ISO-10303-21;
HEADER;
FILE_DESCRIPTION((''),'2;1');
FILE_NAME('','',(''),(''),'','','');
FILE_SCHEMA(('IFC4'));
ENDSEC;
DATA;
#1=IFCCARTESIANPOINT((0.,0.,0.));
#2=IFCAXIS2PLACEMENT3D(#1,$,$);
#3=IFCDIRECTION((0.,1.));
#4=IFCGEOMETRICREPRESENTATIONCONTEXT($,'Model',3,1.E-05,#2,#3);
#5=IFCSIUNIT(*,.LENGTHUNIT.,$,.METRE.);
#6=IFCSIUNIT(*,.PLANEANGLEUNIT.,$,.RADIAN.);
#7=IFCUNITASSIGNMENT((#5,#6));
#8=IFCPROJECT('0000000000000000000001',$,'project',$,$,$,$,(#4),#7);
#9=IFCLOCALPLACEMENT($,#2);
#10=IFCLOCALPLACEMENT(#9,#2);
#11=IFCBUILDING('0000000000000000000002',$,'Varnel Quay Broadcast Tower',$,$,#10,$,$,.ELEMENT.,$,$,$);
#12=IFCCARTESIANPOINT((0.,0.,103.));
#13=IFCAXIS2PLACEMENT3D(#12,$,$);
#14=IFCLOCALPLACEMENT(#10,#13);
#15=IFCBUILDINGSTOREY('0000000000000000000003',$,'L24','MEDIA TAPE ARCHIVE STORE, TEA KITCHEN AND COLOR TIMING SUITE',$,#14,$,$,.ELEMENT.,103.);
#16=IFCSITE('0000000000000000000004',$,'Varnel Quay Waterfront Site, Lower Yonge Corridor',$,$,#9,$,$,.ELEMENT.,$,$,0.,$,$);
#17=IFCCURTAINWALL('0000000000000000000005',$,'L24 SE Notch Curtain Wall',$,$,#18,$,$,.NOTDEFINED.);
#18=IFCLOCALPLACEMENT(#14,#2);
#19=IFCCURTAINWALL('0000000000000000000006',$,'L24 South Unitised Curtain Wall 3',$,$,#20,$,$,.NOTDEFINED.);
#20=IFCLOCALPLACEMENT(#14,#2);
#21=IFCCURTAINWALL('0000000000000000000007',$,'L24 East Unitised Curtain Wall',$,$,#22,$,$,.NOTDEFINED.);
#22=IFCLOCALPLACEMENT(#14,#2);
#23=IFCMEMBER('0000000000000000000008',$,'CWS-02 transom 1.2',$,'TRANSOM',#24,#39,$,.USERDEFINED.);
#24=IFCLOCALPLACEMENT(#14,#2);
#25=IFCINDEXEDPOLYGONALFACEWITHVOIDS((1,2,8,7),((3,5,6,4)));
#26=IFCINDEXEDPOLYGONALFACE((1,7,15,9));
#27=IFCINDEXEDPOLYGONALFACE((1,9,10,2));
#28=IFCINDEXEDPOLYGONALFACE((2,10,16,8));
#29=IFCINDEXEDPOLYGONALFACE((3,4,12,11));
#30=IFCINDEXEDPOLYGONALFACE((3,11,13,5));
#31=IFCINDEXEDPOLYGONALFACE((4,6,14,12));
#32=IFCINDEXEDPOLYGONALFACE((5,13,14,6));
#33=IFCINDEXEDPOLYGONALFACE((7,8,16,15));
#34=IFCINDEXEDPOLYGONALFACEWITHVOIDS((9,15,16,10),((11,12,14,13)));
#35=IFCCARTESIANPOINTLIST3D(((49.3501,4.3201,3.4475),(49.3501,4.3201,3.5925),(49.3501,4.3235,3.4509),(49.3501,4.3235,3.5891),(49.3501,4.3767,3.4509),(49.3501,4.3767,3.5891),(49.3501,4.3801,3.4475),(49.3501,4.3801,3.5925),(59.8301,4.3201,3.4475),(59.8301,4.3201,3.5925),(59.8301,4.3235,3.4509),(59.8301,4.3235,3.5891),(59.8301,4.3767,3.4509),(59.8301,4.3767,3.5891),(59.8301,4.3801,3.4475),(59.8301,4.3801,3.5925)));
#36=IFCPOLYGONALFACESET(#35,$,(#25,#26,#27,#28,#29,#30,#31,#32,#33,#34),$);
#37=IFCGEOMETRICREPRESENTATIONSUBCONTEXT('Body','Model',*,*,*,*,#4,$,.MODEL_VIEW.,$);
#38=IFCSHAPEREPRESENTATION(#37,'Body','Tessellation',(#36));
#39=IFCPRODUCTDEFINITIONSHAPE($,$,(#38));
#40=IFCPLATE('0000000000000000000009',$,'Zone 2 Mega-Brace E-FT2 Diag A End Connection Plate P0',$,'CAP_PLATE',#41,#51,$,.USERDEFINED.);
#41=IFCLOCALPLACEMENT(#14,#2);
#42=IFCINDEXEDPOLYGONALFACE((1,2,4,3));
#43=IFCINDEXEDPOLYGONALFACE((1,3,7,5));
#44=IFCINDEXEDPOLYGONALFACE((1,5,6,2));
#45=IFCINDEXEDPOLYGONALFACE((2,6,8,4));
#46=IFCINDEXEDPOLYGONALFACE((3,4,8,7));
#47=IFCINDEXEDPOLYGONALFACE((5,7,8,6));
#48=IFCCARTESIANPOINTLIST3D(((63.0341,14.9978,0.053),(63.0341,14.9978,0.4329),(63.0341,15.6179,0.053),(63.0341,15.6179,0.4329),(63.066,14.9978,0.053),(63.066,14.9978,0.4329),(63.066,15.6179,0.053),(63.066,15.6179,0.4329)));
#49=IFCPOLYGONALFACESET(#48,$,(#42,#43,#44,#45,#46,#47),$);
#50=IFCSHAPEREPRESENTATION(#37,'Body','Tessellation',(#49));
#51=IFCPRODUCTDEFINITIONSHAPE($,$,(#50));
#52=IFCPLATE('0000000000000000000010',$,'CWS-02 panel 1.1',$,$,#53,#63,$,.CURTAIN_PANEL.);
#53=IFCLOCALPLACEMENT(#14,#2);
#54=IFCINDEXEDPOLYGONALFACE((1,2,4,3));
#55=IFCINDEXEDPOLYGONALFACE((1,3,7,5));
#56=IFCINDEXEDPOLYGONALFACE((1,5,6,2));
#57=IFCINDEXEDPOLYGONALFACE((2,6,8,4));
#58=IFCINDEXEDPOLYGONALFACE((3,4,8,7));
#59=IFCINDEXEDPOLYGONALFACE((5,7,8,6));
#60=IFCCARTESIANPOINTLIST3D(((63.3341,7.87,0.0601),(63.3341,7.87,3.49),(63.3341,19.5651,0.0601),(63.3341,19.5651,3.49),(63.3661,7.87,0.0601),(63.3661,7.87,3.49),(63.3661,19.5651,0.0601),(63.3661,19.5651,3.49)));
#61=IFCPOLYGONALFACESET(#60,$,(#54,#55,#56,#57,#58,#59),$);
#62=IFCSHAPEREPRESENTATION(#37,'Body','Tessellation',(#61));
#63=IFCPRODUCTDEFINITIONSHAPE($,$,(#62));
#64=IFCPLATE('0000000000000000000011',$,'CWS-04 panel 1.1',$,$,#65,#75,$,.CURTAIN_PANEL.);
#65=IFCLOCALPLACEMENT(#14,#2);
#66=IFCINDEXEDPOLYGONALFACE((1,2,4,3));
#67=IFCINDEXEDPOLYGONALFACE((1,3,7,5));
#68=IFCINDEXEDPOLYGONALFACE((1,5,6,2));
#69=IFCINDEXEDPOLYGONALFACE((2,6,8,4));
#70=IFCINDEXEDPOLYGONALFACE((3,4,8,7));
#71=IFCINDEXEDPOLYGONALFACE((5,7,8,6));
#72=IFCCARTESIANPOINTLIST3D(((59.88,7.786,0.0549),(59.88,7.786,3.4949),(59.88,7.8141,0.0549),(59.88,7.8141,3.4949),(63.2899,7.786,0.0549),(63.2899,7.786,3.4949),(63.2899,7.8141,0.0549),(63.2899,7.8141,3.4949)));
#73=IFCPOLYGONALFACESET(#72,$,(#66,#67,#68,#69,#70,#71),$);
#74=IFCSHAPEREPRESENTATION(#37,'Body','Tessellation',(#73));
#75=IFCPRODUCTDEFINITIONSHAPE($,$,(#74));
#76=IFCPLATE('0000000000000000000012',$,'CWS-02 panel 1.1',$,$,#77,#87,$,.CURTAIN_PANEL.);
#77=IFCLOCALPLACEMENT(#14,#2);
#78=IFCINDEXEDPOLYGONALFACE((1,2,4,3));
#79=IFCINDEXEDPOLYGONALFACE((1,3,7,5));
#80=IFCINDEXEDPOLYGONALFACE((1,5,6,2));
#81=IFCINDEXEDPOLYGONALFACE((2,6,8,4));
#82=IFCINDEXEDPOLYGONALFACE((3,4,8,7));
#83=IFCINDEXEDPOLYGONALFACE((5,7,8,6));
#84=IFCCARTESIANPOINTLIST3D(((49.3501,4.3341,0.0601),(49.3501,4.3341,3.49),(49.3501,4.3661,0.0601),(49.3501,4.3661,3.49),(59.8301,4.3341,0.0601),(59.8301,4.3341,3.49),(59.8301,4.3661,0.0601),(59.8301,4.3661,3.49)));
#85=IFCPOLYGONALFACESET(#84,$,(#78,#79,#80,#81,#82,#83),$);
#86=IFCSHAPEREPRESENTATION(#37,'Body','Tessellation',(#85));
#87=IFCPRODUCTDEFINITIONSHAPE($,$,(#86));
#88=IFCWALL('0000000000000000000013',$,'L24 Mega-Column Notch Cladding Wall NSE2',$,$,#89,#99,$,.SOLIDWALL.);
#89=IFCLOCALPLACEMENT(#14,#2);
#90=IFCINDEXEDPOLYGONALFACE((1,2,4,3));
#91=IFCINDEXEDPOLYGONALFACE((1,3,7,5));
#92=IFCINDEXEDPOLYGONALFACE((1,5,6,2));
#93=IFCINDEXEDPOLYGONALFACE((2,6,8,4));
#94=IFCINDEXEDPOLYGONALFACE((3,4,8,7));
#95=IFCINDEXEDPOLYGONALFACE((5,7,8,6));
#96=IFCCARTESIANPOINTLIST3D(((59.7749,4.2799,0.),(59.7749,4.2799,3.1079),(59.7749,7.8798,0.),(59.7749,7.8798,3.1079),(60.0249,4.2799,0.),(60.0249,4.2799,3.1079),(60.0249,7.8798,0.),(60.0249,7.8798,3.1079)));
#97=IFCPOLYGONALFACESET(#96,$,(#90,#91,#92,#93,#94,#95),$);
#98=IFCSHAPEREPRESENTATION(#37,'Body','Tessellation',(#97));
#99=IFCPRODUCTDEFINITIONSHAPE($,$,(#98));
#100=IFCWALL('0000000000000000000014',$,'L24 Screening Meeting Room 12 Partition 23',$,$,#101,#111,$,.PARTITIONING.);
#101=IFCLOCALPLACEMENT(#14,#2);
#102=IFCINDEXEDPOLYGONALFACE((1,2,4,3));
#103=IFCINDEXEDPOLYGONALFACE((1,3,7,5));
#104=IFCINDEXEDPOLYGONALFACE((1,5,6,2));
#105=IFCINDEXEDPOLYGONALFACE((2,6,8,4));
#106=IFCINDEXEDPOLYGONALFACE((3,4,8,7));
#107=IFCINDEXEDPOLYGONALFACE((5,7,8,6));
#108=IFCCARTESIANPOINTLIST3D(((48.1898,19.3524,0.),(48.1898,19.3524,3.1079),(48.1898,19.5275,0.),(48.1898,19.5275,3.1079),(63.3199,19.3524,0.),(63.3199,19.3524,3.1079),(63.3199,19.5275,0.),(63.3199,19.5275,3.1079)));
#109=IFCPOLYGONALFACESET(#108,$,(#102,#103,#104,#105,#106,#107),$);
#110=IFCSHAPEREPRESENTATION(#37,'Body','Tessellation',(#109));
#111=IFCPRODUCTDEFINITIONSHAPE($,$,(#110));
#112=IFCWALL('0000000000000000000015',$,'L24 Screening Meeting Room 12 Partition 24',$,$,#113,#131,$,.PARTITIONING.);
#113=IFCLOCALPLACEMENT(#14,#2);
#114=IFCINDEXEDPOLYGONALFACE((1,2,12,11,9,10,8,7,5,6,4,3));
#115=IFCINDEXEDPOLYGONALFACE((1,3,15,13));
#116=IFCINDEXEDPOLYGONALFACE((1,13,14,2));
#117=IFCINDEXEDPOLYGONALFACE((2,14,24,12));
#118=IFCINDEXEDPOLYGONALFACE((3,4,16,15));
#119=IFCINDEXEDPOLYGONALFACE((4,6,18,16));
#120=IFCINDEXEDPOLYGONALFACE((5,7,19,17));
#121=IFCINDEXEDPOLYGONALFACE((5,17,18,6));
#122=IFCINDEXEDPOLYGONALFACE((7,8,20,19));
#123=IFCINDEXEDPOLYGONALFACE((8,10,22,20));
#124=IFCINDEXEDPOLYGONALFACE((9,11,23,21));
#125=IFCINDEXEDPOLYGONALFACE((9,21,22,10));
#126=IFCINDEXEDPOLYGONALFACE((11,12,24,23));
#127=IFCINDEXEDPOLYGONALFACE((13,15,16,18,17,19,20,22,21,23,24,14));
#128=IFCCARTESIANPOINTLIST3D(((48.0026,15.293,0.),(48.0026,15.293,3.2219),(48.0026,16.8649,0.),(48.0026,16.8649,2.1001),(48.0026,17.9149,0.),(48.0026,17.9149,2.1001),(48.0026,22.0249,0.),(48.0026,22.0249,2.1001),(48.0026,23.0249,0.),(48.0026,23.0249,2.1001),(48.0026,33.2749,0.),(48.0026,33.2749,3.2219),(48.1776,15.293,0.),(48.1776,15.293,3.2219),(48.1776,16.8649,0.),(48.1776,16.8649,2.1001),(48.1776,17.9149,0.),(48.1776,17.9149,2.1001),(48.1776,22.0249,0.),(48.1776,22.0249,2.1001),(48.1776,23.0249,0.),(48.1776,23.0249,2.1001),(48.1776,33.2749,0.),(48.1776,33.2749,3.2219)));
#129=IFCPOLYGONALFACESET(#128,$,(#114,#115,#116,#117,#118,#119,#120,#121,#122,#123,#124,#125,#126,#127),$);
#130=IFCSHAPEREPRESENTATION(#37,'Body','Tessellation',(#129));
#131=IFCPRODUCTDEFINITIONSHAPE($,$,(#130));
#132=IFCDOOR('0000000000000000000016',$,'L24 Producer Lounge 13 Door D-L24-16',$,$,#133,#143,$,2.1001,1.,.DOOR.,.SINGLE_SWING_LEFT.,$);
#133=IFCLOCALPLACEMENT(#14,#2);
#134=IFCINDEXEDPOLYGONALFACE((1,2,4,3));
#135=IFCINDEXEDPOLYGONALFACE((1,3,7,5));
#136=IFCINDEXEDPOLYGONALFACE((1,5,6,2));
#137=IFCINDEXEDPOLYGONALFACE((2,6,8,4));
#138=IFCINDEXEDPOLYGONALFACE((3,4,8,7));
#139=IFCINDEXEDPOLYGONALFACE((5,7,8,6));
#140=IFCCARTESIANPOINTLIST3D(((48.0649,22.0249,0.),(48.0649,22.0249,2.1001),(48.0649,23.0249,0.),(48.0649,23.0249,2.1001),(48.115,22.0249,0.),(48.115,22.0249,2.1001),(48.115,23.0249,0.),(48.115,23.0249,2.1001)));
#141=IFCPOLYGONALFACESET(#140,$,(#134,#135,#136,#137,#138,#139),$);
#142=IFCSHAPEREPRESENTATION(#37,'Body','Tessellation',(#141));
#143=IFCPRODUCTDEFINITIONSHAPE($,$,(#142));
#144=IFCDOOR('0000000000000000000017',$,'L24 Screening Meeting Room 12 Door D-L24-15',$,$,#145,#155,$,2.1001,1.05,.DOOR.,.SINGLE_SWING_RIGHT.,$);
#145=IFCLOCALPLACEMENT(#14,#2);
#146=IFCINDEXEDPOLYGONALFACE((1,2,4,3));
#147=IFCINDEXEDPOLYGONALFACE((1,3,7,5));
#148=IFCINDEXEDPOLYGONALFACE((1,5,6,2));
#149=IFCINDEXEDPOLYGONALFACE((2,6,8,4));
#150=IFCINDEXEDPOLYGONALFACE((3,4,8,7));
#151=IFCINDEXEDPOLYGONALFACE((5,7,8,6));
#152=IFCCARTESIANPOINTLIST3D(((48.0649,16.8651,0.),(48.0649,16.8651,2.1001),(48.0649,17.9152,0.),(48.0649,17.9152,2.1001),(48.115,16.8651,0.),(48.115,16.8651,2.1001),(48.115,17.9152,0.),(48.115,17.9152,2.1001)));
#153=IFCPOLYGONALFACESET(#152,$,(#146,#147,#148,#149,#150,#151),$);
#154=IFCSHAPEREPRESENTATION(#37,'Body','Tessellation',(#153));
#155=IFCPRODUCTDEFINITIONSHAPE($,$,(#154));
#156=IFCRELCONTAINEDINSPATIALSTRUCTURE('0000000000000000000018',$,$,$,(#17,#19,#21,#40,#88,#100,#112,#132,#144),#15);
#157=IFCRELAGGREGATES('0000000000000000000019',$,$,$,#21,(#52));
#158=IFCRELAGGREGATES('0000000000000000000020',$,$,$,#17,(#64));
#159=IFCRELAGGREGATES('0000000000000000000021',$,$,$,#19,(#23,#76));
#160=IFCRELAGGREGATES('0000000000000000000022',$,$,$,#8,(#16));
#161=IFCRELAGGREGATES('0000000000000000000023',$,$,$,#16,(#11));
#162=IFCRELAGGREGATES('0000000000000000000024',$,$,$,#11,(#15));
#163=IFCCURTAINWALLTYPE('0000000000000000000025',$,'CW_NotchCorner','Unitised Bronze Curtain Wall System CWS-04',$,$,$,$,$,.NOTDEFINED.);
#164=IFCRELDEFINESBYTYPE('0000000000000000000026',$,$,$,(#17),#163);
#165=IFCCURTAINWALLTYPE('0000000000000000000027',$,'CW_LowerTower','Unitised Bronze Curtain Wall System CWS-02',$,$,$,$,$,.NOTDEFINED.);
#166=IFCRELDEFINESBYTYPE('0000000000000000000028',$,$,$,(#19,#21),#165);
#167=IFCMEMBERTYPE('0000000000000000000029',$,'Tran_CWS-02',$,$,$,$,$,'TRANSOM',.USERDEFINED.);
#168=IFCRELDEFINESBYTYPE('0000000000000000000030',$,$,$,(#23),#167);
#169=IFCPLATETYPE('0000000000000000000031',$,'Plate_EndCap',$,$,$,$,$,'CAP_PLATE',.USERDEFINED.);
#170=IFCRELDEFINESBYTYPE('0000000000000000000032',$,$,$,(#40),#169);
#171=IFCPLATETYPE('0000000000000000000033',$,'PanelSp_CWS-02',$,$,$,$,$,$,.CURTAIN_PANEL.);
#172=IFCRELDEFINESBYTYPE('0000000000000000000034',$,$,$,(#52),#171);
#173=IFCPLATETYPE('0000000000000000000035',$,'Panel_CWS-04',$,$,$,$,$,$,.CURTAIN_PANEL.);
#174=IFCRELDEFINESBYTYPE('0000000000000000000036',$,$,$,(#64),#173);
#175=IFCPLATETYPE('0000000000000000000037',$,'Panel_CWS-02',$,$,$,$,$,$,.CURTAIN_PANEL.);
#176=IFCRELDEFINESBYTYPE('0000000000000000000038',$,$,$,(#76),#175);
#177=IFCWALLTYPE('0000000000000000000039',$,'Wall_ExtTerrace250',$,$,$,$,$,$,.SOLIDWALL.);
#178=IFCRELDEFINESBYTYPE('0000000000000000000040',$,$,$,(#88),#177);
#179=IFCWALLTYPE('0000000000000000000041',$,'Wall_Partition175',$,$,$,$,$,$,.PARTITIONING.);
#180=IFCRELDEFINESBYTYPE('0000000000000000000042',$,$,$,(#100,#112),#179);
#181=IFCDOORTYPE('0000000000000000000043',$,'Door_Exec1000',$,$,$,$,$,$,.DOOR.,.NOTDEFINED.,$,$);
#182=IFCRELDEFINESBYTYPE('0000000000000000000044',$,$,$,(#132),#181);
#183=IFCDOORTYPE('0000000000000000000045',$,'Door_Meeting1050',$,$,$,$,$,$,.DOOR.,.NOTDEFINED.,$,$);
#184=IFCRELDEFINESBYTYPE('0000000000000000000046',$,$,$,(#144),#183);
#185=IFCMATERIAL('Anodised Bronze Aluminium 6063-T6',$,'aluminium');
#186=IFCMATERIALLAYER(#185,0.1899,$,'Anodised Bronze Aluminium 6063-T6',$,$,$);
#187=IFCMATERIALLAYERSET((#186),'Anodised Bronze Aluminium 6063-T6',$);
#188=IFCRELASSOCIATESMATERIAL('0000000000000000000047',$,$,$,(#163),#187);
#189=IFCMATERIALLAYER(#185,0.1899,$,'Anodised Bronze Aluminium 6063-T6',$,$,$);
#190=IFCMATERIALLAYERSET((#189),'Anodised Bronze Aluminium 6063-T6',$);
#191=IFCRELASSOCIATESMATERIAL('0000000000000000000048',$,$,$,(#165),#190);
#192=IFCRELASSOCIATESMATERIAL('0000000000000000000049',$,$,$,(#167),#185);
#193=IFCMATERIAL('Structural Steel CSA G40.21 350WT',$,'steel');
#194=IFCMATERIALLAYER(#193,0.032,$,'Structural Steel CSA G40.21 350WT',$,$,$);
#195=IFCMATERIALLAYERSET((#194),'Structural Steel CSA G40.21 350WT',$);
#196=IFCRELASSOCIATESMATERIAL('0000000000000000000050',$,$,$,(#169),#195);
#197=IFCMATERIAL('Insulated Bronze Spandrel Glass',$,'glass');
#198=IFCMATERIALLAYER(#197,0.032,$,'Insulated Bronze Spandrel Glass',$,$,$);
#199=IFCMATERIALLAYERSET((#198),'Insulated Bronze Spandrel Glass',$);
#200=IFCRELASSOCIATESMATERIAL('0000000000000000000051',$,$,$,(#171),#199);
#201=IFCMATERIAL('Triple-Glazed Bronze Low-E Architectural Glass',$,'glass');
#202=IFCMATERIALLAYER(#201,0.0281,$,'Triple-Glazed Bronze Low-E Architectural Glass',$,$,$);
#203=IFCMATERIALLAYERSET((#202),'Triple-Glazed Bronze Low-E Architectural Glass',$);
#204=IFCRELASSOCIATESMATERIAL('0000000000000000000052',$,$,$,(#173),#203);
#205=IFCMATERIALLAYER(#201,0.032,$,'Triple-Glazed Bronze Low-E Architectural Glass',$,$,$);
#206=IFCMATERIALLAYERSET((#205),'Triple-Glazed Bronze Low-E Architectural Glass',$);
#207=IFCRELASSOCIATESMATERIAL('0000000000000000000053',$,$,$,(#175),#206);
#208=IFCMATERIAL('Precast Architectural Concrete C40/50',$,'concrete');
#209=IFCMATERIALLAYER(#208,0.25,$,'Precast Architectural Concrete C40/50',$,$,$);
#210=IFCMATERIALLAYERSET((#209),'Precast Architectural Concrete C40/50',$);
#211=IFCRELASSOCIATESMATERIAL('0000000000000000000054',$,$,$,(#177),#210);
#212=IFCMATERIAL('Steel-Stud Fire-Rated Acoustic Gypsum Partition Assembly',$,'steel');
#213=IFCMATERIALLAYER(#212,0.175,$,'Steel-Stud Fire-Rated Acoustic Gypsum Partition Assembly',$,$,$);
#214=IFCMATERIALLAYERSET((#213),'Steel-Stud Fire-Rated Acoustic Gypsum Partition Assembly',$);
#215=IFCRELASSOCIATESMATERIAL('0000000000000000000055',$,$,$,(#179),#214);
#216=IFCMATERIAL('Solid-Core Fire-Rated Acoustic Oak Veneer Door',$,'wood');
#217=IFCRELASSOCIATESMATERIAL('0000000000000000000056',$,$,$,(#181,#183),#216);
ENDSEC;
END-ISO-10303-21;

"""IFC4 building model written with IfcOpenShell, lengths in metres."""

from ifc_helpers import new_model, si_unit, direction, frame, frame_2d, origin, origin_2d, place, context, subcontext, project, spatial, rectangle, hollow_rectangle, extrude, source, transform, mapped, material, layer, layer_set, material_profile, profile_set, type_object, type_shapes, element, fill, aggregate, save


model = new_model("IFC4")

# Units and contexts
model_context = context("Model", 3, precision=1e-05, world=origin(), true_north=direction((0.0, 1.0)))
body_context = subcontext(model_context, "Body", "Model", "MODEL_VIEW")
ifc_project = project(units=[si_unit("LENGTHUNIT", "METRE"), si_unit("PLANEANGLEUNIT", "RADIAN")], contexts=[model_context])

# Site, building, storey
site_placement = place(None, origin())
site = spatial("IfcSite", under=ifc_project, at=site_placement, Name="Varnel Quay Waterfront Site, Lower Yonge Corridor", CompositionType="ELEMENT", RefElevation=0.0)
building_placement = place(site_placement, origin())
building = spatial("IfcBuilding", under=site, at=building_placement, Name="Varnel Quay Broadcast Tower", CompositionType="ELEMENT")
storey_placement = place(building_placement, frame((0.0, 0.0, 103.0)))
storey = spatial("IfcBuildingStorey", under=building, at=storey_placement, Name="L24", Description="MEDIA TAPE ARCHIVE STORE, TEA KITCHEN AND COLOR TIMING SUITE", CompositionType="ELEMENT", Elevation=103.0)

# Shared definitions
ifc_material_1 = material(Name="Structural Steel CSA G40.21 350WT", Category="steel")

# Curtain walls
ifc_material_2 = material(Name="Anodised Bronze Aluminium 6063-T6", Category="aluminium")
ifc_layer_1 = layer(ifc_material_2, 0.1899, Name="Anodised Bronze Aluminium 6063-T6")
ifc_layer_set_1 = layer_set([ifc_layer_1], Name="Anodised Bronze Aluminium 6063-T6")
curtain_wall_type_1 = type_object("IfcCurtainWallType", Name="CW_NotchCorner", Description="Unitised Bronze Curtain Wall System CWS-04", PredefinedType="NOTDEFINED", material=ifc_layer_set_1)
curtain_wall_1_placement = place(storey_placement, origin())
curtain_wall_1 = element("IfcCurtainWall", 1, at=curtain_wall_1_placement, inside=storey, type_object=curtain_wall_type_1, Name="L24 SE Notch Curtain Wall", PredefinedType="NOTDEFINED")
ifc_layer_2 = layer(ifc_material_2, 0.1899, Name="Anodised Bronze Aluminium 6063-T6")
ifc_layer_set_2 = layer_set([ifc_layer_2], Name="Anodised Bronze Aluminium 6063-T6")
curtain_wall_type_2 = type_object("IfcCurtainWallType", Name="CW_LowerTower", Description="Unitised Bronze Curtain Wall System CWS-02", PredefinedType="NOTDEFINED", material=ifc_layer_set_2)
curtain_wall_2_placement = place(storey_placement, origin())
curtain_wall_2 = element("IfcCurtainWall", 2, at=curtain_wall_2_placement, inside=storey, type_object=curtain_wall_type_2, Name="L24 South Unitised Curtain Wall 3", PredefinedType="NOTDEFINED")
curtain_wall_3_placement = place(storey_placement, origin())
curtain_wall_3 = element("IfcCurtainWall", 3, at=curtain_wall_3_placement, inside=storey, type_object=curtain_wall_type_2, Name="L24 East Unitised Curtain Wall", PredefinedType="NOTDEFINED")
ifc_material_profile_1 = material_profile(ifc_material_2, hollow_rectangle(XDim=0.0601, YDim=0.145, WallThickness=0.0034, at=origin_2d()), Name="ALU60X145X3.5")
ifc_profile_set_1 = profile_set([ifc_material_profile_1], Name="Anodised Bronze Aluminium 6063-T6")
member_type_1 = type_object("IfcMemberType", Name="Tran_CWS-02", ElementType="TRANSOM", PredefinedType="USERDEFINED", material=ifc_profile_set_1)

# Member
shared_shape_1 = source(origin(), body_context, "Body", "SweptSolid", [
    extrude(hollow_rectangle(XDim=0.0601, YDim=0.145, WallThickness=0.0034, at=origin_2d()), origin(), (0.0, 0.0, 1.0), 10.48),
])
member_1_placement = place(storey_placement, frame((49.3501, 4.3501, 3.52), z_axis=(1.0, 0.0, 0.0), x_axis=(0.0, 1.0, 0.0)))
member_1 = element("IfcMember", 4, at=member_1_placement, type_object=member_type_1, Name="CWS-02 transom 1.2", ObjectType="TRANSOM", PredefinedType="USERDEFINED", context=body_context, shape_type="MappedRepresentation", body=[
    mapped(shared_shape_1, transform((0.0, 0.0, 0.0), x_axis=(1.0, 0.0, 0.0), y_axis=(0.0, 1.0, 0.0), z_axis=(0.0, 0.0, 1.0), scale=1.0)),
])

# Plates
ifc_layer_3 = layer(ifc_material_1, 0.032, Name="Structural Steel CSA G40.21 350WT")
ifc_layer_set_3 = layer_set([ifc_layer_3], Name="Structural Steel CSA G40.21 350WT")
plate_type_1 = type_object("IfcPlateType", Name="Plate_EndCap", ElementType="CAP_PLATE", PredefinedType="USERDEFINED", material=ifc_layer_set_3)
shared_shape_2 = source(origin(), body_context, "Body", "SweptSolid", [
    extrude(rectangle(XDim=0.6201, YDim=0.032, at=origin_2d()), origin(), (0.0, 0.0, 1.0), 0.3799),
])
type_shapes(plate_type_1, [shared_shape_2])
plate_1_placement = place(storey_placement, frame((63.05, 15.3079, 0.053), z_axis=(0.0, 0.0, 1.0), x_axis=(0.0, 1.0, 0.0)))
element("IfcPlate", 5, at=plate_1_placement, inside=storey, type_object=plate_type_1, Name="Zone 2 Mega-Brace E-FT2 Diag A End Connection Plate P0", ObjectType="CAP_PLATE", PredefinedType="USERDEFINED", context=body_context, shape_type="MappedRepresentation", body=[
    mapped(shared_shape_2, transform((0.0, 0.0, 0.0), x_axis=(1.0, 0.0, 0.0), y_axis=(0.0, 1.0, 0.0), z_axis=(0.0, 0.0, 1.0), scale=1.0)),
])
ifc_material_3 = material(Name="Insulated Bronze Spandrel Glass", Category="glass")
ifc_layer_4 = layer(ifc_material_3, 0.032, Name="Insulated Bronze Spandrel Glass")
ifc_layer_set_4 = layer_set([ifc_layer_4], Name="Insulated Bronze Spandrel Glass")
plate_type_2 = type_object("IfcPlateType", Name="PanelSp_CWS-02", PredefinedType="CURTAIN_PANEL", material=ifc_layer_set_4)
shared_shape_3 = source(origin(), body_context, "Body", "SweptSolid", [
    extrude(rectangle(XDim=11.6951, YDim=0.032, at=origin_2d()), origin(), (0.0, 0.0, 1.0), 3.4299),
])
type_shapes(plate_type_2, [shared_shape_3])
plate_2_placement = place(storey_placement, frame((63.3501, 13.7175, 0.0601), z_axis=(0.0, 0.0, 1.0), x_axis=(0.0, 1.0, 0.0)))
plate_2 = element("IfcPlate", 6, at=plate_2_placement, type_object=plate_type_2, Name="CWS-02 panel 1.1", PredefinedType="CURTAIN_PANEL", context=body_context, shape_type="MappedRepresentation", body=[
    mapped(shared_shape_3, transform((0.0, 0.0, 0.0), x_axis=(1.0, 0.0, 0.0), y_axis=(0.0, 1.0, 0.0), z_axis=(0.0, 0.0, 1.0), scale=1.0)),
])
aggregate(curtain_wall_3, [plate_2])
ifc_material_4 = material(Name="Triple-Glazed Bronze Low-E Architectural Glass", Category="glass")
ifc_layer_5 = layer(ifc_material_4, 0.0281, Name="Triple-Glazed Bronze Low-E Architectural Glass")
ifc_layer_set_5 = layer_set([ifc_layer_5], Name="Triple-Glazed Bronze Low-E Architectural Glass")
plate_type_3 = type_object("IfcPlateType", Name="Panel_CWS-04", PredefinedType="CURTAIN_PANEL", material=ifc_layer_set_5)
shared_shape_4 = source(origin(), body_context, "Body", "SweptSolid", [
    extrude(rectangle(XDim=3.4099, YDim=0.0281, at=origin_2d()), origin(), (0.0, 0.0, 1.0), 3.4399),
])
type_shapes(plate_type_3, [shared_shape_4])
plate_3_placement = place(storey_placement, frame((61.585, 7.8, 0.0549), z_axis=(0.0, 0.0, 1.0), x_axis=(1.0, 0.0, 0.0)))
plate_3 = element("IfcPlate", 7, at=plate_3_placement, type_object=plate_type_3, Name="CWS-04 panel 1.1", PredefinedType="CURTAIN_PANEL", context=body_context, shape_type="MappedRepresentation", body=[
    mapped(shared_shape_4, transform((0.0, 0.0, 0.0), x_axis=(1.0, 0.0, 0.0), y_axis=(0.0, 1.0, 0.0), z_axis=(0.0, 0.0, 1.0), scale=1.0)),
])
aggregate(curtain_wall_1, [plate_3])
ifc_layer_6 = layer(ifc_material_4, 0.032, Name="Triple-Glazed Bronze Low-E Architectural Glass")
ifc_layer_set_6 = layer_set([ifc_layer_6], Name="Triple-Glazed Bronze Low-E Architectural Glass")
plate_type_4 = type_object("IfcPlateType", Name="Panel_CWS-02", PredefinedType="CURTAIN_PANEL", material=ifc_layer_set_6)
shared_shape_5 = source(origin(), body_context, "Body", "SweptSolid", [
    extrude(rectangle(XDim=10.48, YDim=0.032, at=origin_2d()), origin(), (0.0, 0.0, 1.0), 3.4299),
])
type_shapes(plate_type_4, [shared_shape_5])
plate_4_placement = place(storey_placement, frame((54.5901, 4.3501, 0.0601), z_axis=(0.0, 0.0, 1.0), x_axis=(1.0, 0.0, 0.0)))
plate_4 = element("IfcPlate", 8, at=plate_4_placement, type_object=plate_type_4, Name="CWS-02 panel 1.1", PredefinedType="CURTAIN_PANEL", context=body_context, shape_type="MappedRepresentation", body=[
    mapped(shared_shape_5, transform((0.0, 0.0, 0.0), x_axis=(1.0, 0.0, 0.0), y_axis=(0.0, 1.0, 0.0), z_axis=(0.0, 0.0, 1.0), scale=1.0)),
])
aggregate(curtain_wall_2, [member_1, plate_4])

# Walls
ifc_material_5 = material(Name="Precast Architectural Concrete C40/50", Category="concrete")
ifc_layer_7 = layer(ifc_material_5, 0.25, Name="Precast Architectural Concrete C40/50")
ifc_layer_set_7 = layer_set([ifc_layer_7], Name="Precast Architectural Concrete C40/50")
wall_type_1 = type_object("IfcWallType", Name="Wall_ExtTerrace250", PredefinedType="SOLIDWALL", material=ifc_layer_set_7)
wall_1_placement = place(storey_placement, frame((59.8999, 4.28, 0.0), z_axis=(0.0, 0.0, 1.0), x_axis=(0.0, 1.0, 0.0)))
element("IfcWall", 9, at=wall_1_placement, inside=storey, type_object=wall_type_1, Name="L24 Mega-Column Notch Cladding Wall NSE2", PredefinedType="SOLIDWALL", context=body_context, shape_type="SweptSolid", body=[
    extrude(rectangle(XDim=3.5999, YDim=0.25, at=frame_2d((1.7998, 0.0))), origin(), (0.0, 0.0, 1.0), 3.1079),
])
ifc_material_6 = material(Name="Steel-Stud Fire-Rated Acoustic Gypsum Partition Assembly", Category="steel")
ifc_layer_8 = layer(ifc_material_6, 0.175, Name="Steel-Stud Fire-Rated Acoustic Gypsum Partition Assembly")
ifc_layer_set_8 = layer_set([ifc_layer_8], Name="Steel-Stud Fire-Rated Acoustic Gypsum Partition Assembly")
wall_type_2 = type_object("IfcWallType", Name="Wall_Partition175", PredefinedType="PARTITIONING", material=ifc_layer_set_8)
wall_2_placement = place(storey_placement, frame((48.1899, 19.4399, 0.0), z_axis=(0.0, 0.0, 1.0), x_axis=(1.0, 0.0, 0.0)))
element("IfcWall", 10, at=wall_2_placement, inside=storey, type_object=wall_type_2, Name="L24 Screening Meeting Room 12 Partition 23", PredefinedType="PARTITIONING", context=body_context, shape_type="SweptSolid", body=[
    extrude(rectangle(XDim=15.1301, YDim=0.175, at=frame_2d((7.5649, 0.0))), origin(), (0.0, 0.0, 1.0), 3.1079),
])

# Wall, openings, doors
wall_3_placement = place(storey_placement, frame((48.0901, 15.293, 0.0), z_axis=(0.0, 0.0, 1.0), x_axis=(0.0, 1.0, 0.0)))
wall_3 = element("IfcWall", 11, at=wall_3_placement, inside=storey, type_object=wall_type_2, Name="L24 Screening Meeting Room 12 Partition 24", PredefinedType="PARTITIONING", context=body_context, shape_type="SweptSolid", body=[
    extrude(rectangle(XDim=17.9819, YDim=0.175, at=frame_2d((8.991, 0.0))), origin(), (0.0, 0.0, 1.0), 3.2219),
])
opening_1_placement = place(wall_3_placement, frame((1.572, 0.0, 0.0)))
opening_1 = element("IfcOpeningElement", 12, at=opening_1_placement, cuts=wall_3, PredefinedType="OPENING", context=body_context, shape_type="SweptSolid", body=[
    extrude(rectangle(XDim=1.05, YDim=2.1001, at=frame_2d((0.5249, 1.05))), frame((0.0, 0.0977, 0.0), z_axis=(0.0, -1.0, 0.0), x_axis=(1.0, 0.0, 0.0)), (0.0, 0.0, 1.0), 0.1951),
])
opening_2_placement = place(wall_3_placement, frame((6.7319, 0.0, 0.0)))
opening_2 = element("IfcOpeningElement", 13, at=opening_2_placement, cuts=wall_3, PredefinedType="OPENING", context=body_context, shape_type="SweptSolid", body=[
    extrude(rectangle(XDim=1.0, YDim=2.1001, at=frame_2d((0.5, 1.05))), frame((0.0, 0.0977, 0.0), z_axis=(0.0, -1.0, 0.0), x_axis=(1.0, 0.0, 0.0)), (0.0, 0.0, 1.0), 0.1951),
])
ifc_material_7 = material(Name="Solid-Core Fire-Rated Acoustic Oak Veneer Door", Category="wood")
door_type_1 = type_object("IfcDoorType", Name="Door_Exec1000", OperationType="NOTDEFINED", PredefinedType="DOOR", material=ifc_material_7)
shared_shape_6 = source(origin(), body_context, "Body", "SweptSolid", [
    extrude(rectangle(XDim=1.0, YDim=2.1001, at=frame_2d((0.5, 1.05))), frame((0.0, 0.0249, 0.0), z_axis=(0.0, -1.0, 0.0), x_axis=(1.0, 0.0, 0.0)), (0.0, 0.0, 1.0), 0.05),
])
type_shapes(door_type_1, [shared_shape_6])
door_1_placement = place(opening_2_placement, frame((1.0, 0.0, 0.0), z_axis=(0.0, 0.0, 1.0), x_axis=(-1.0, 0.0, 0.0)))
door_1 = element("IfcDoor", 14, at=door_1_placement, inside=storey, type_object=door_type_1, Name="L24 Producer Lounge 13 Door D-L24-16", OperationType="SINGLE_SWING_LEFT", OverallHeight=2.1001, OverallWidth=1.0, PredefinedType="DOOR", context=body_context, shape_type="MappedRepresentation", body=[
    mapped(shared_shape_6, transform((0.0, 0.0, 0.0), x_axis=(1.0, 0.0, 0.0), y_axis=(0.0, 1.0, 0.0), z_axis=(0.0, 0.0, 1.0), scale=1.0)),
])
fill(opening_2, door_1)
door_type_2 = type_object("IfcDoorType", Name="Door_Meeting1050", OperationType="NOTDEFINED", PredefinedType="DOOR", material=ifc_material_7)
shared_shape_7 = source(origin(), body_context, "Body", "SweptSolid", [
    extrude(rectangle(XDim=1.05, YDim=2.1001, at=frame_2d((0.5249, 1.05))), frame((0.0, 0.0249, 0.0), z_axis=(0.0, -1.0, 0.0), x_axis=(1.0, 0.0, 0.0)), (0.0, 0.0, 1.0), 0.05),
])
type_shapes(door_type_2, [shared_shape_7])
door_2_placement = place(opening_1_placement, frame((1.05, 0.0, 0.0), z_axis=(0.0, 0.0, 1.0), x_axis=(-1.0, 0.0, 0.0)))
door_2 = element("IfcDoor", 15, at=door_2_placement, inside=storey, type_object=door_type_2, Name="L24 Screening Meeting Room 12 Door D-L24-15", OperationType="SINGLE_SWING_RIGHT", OverallHeight=2.1001, OverallWidth=1.05, PredefinedType="DOOR", context=body_context, shape_type="MappedRepresentation", body=[
    mapped(shared_shape_7, transform((0.0, 0.0, 0.0), x_axis=(1.0, 0.0, 0.0), y_axis=(0.0, 1.0, 0.0), z_axis=(0.0, 0.0, 1.0), scale=1.0)),
])
fill(opening_1, door_2)

save(model, "model.ifc")
